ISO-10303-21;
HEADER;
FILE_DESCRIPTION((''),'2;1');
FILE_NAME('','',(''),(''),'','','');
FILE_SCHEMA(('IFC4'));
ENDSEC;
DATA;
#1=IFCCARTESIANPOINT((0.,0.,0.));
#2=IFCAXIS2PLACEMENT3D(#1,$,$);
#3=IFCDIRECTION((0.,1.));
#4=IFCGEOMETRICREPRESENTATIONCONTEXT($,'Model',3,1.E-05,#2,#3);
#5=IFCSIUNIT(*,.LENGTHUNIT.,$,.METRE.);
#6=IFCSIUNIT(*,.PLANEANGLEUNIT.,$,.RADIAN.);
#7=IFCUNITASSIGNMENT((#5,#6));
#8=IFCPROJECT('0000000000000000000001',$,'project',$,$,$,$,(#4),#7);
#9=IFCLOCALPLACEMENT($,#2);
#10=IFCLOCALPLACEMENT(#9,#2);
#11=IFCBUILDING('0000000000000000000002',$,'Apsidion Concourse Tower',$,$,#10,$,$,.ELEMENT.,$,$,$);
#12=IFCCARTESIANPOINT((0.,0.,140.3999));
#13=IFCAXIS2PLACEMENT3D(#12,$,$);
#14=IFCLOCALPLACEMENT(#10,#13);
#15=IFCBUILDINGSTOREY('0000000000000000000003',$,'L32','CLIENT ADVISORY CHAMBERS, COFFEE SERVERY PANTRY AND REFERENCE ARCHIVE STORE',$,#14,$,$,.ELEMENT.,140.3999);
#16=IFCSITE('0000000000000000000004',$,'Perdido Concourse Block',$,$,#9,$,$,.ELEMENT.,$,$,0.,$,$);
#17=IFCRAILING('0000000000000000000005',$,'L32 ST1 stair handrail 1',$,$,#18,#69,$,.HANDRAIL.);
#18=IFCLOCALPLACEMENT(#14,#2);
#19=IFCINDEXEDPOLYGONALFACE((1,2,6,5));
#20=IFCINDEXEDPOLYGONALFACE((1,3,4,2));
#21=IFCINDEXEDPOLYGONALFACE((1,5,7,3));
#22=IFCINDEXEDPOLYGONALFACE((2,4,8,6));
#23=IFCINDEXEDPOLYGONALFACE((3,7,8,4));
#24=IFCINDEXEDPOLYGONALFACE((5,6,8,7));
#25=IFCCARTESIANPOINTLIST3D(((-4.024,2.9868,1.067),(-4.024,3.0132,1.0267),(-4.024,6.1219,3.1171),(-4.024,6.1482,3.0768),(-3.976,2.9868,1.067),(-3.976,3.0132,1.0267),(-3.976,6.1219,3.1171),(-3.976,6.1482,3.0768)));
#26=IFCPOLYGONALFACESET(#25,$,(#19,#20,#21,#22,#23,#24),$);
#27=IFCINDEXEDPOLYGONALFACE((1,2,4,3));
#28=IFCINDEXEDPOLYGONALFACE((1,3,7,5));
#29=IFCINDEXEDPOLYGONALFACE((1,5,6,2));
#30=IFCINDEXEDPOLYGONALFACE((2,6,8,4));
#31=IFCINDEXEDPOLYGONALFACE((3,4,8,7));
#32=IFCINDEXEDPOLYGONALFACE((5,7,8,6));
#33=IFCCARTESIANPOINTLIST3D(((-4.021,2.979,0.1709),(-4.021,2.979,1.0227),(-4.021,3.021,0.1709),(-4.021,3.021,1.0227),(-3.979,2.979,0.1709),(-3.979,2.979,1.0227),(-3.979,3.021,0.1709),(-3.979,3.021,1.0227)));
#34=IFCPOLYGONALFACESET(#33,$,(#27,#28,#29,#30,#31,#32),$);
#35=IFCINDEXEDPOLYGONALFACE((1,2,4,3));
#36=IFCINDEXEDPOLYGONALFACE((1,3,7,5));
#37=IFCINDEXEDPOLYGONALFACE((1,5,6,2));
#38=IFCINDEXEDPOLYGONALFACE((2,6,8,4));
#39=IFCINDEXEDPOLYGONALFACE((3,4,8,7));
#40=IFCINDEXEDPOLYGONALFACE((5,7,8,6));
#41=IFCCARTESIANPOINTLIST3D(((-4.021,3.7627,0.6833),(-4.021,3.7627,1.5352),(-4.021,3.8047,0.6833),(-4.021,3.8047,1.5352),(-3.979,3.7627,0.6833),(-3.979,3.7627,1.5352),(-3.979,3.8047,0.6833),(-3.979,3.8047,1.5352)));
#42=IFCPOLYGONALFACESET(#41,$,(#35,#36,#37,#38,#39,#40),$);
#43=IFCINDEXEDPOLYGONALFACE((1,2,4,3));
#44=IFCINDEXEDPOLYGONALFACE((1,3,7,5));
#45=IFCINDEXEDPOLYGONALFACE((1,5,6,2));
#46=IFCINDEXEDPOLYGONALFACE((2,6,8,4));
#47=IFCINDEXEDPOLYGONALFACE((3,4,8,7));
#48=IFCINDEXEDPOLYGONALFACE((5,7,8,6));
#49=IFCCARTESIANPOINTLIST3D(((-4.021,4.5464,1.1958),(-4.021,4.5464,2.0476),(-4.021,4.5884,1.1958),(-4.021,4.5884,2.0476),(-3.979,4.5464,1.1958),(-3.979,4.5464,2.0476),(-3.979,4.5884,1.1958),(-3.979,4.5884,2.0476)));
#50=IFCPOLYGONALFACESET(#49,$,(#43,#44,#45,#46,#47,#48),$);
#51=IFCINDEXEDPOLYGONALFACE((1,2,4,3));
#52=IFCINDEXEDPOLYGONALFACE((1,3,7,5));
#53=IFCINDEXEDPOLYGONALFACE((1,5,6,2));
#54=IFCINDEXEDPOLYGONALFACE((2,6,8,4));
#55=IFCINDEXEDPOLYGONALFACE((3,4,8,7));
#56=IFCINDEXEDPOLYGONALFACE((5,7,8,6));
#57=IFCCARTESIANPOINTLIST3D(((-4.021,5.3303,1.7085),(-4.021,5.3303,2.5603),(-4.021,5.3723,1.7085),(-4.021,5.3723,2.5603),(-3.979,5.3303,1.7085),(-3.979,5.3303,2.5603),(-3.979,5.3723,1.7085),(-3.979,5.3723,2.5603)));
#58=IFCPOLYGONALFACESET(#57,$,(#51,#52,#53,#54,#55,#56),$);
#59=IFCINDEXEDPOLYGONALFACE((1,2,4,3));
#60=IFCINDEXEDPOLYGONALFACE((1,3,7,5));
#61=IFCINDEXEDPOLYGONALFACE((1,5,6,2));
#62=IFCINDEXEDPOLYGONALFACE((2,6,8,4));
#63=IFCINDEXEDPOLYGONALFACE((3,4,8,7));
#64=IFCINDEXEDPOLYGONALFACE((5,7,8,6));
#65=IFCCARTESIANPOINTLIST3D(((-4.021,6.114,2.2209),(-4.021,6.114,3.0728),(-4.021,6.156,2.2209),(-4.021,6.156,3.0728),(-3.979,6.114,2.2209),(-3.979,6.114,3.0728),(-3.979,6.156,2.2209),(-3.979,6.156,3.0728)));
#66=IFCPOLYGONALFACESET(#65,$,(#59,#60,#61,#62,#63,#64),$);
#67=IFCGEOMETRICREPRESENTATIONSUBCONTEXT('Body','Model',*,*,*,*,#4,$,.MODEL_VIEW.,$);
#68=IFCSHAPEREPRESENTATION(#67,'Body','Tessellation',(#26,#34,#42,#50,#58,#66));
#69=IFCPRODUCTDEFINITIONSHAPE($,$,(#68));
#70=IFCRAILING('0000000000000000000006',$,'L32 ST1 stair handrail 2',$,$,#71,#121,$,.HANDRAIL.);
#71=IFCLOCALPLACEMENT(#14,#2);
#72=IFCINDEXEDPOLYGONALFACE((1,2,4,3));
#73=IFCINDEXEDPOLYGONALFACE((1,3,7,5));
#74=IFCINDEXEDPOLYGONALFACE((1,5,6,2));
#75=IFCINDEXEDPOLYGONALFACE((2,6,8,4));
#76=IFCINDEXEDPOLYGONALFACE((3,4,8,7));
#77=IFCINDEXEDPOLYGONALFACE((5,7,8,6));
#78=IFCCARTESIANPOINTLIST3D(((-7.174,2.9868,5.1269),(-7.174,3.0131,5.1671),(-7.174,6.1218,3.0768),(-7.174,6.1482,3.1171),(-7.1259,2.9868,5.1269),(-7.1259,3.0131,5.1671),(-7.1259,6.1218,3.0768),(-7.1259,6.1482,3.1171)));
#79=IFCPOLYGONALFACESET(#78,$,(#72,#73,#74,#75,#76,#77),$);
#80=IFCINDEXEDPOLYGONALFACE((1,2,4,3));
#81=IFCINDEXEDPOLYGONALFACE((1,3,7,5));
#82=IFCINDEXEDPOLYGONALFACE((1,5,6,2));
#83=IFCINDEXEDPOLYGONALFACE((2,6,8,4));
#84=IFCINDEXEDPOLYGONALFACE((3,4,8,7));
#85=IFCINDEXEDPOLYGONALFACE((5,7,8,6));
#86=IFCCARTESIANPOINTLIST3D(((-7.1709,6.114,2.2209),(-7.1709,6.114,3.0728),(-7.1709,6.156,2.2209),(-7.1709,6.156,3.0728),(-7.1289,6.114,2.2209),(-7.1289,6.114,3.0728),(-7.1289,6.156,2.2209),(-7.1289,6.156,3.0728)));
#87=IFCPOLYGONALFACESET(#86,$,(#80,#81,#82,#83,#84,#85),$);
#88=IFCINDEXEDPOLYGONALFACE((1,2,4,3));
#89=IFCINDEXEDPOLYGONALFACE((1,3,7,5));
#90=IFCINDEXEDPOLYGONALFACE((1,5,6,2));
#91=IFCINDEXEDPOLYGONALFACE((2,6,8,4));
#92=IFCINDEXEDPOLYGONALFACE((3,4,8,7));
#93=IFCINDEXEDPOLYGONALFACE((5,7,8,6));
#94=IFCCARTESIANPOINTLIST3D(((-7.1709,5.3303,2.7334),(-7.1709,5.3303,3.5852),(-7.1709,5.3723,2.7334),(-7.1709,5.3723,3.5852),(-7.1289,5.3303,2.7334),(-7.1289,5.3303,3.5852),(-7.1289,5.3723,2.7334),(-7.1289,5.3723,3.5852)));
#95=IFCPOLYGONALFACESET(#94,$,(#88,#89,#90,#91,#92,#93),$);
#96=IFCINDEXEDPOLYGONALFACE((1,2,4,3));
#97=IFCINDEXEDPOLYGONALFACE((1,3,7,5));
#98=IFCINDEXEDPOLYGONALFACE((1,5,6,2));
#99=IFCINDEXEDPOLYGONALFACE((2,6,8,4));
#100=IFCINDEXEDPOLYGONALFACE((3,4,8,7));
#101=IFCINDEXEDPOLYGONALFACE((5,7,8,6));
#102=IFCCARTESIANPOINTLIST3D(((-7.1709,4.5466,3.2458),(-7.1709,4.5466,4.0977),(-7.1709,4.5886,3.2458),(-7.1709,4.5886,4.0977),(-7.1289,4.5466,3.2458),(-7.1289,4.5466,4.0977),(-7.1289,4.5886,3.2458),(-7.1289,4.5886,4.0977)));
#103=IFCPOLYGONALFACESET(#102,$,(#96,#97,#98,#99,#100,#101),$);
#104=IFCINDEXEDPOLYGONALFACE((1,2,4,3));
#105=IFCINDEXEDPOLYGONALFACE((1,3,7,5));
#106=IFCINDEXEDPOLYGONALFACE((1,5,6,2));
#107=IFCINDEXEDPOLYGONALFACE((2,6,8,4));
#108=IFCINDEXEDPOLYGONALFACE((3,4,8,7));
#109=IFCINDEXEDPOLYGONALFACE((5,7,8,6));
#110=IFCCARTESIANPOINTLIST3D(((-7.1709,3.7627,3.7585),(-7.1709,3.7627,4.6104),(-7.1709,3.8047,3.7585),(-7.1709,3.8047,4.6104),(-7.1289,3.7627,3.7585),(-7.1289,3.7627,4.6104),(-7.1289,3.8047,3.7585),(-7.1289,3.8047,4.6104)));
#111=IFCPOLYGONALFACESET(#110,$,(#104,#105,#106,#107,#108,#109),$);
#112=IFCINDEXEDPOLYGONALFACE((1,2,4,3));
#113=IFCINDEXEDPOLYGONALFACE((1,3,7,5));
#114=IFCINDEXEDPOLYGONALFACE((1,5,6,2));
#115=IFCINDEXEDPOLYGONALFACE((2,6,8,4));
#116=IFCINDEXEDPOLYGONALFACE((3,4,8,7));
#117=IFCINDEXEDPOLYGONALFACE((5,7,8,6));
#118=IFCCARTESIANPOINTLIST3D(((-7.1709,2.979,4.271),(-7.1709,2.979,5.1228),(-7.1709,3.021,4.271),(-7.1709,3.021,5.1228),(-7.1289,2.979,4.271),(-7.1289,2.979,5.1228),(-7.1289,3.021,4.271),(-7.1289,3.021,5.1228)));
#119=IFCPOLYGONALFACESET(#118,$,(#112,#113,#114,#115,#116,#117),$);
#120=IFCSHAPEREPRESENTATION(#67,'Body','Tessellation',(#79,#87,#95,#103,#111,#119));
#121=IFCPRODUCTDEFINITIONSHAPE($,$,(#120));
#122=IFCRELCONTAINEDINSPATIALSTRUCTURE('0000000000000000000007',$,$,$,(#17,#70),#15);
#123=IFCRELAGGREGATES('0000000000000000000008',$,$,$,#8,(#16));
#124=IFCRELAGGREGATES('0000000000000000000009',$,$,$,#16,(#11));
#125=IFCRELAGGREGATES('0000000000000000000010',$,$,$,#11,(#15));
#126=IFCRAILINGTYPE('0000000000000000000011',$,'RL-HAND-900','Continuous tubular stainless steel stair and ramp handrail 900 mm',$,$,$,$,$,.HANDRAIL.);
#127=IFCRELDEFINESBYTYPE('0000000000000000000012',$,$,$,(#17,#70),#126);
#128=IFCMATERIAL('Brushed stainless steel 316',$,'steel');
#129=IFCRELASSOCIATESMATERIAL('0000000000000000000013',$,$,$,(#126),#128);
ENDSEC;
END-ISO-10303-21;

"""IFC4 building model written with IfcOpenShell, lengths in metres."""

from ifc_helpers import new_model, si_unit, direction, frame, origin, origin_2d, place, context, subcontext, project, spatial, rectangle, extrude, material, type_object, element, save


model = new_model("IFC4")

# Units and contexts
model_context = context("Model", 3, precision=1e-05, world=origin(), true_north=direction((0.0, 1.0)))
body_context = subcontext(model_context, "Body", "Model", "MODEL_VIEW")
ifc_project = project(units=[si_unit("LENGTHUNIT", "METRE"), si_unit("PLANEANGLEUNIT", "RADIAN")], contexts=[model_context])

# Site, building, storey
site_placement = place(None, origin())
site = spatial("IfcSite", under=ifc_project, at=site_placement, Name="Perdido Concourse Block", CompositionType="ELEMENT", RefElevation=0.0)
building_placement = place(site_placement, origin())
building = spatial("IfcBuilding", under=site, at=building_placement, Name="Apsidion Concourse Tower", CompositionType="ELEMENT")
storey_placement = place(building_placement, frame((0.0, 0.0, 140.3999)))
storey = spatial("IfcBuildingStorey", under=building, at=storey_placement, Name="L32", Description="CLIENT ADVISORY CHAMBERS, COFFEE SERVERY PANTRY AND REFERENCE ARCHIVE STORE", CompositionType="ELEMENT", Elevation=140.3999)

# Shared definitions
ifc_material_1 = material(Name="Brushed stainless steel 316", Category="steel")

# Railings
railing_type_1 = type_object("IfcRailingType", Name="RL-HAND-900", Description="Continuous tubular stainless steel stair and ramp handrail 900 mm", PredefinedType="HANDRAIL", material=ifc_material_1)
railing_1_placement = place(storey_placement, frame((-4.0, 3.0, 0.1709)))
element("IfcRailing", 1, at=railing_1_placement, inside=storey, type_object=railing_type_1, Name="L32 ST1 stair handrail 1", PredefinedType="HANDRAIL", context=body_context, shape_type="SweptSolid", body=[
    extrude(rectangle(XDim=0.0481, YDim=0.0481, at=origin_2d()), frame((0.0, 0.0, 0.876), z_axis=(0.0, 0.836941, 0.547293), x_axis=(-1.0, 0.0, 0.0)), (0.0, 0.0, 1.0), 3.7458),
    extrude(rectangle(XDim=0.042, YDim=0.042, at=origin_2d()), origin(), (0.0, 0.0, 1.0), 0.8518),
    extrude(rectangle(XDim=0.042, YDim=0.042, at=origin_2d()), frame((0.0, 0.7837, 0.5125)), (0.0, 0.0, 1.0), 0.8518),
    extrude(rectangle(XDim=0.042, YDim=0.042, at=origin_2d()), frame((0.0, 1.5674, 1.0249)), (0.0, 0.0, 1.0), 0.8518),
    extrude(rectangle(XDim=0.042, YDim=0.042, at=origin_2d()), frame((0.0, 2.3513, 1.5376)), (0.0, 0.0, 1.0), 0.8518),
    extrude(rectangle(XDim=0.042, YDim=0.042, at=origin_2d()), frame((0.0, 3.135, 2.05)), (0.0, 0.0, 1.0), 0.8518),
])
railing_2_placement = place(storey_placement, frame((-7.1499, 6.135, 2.2209)))
element("IfcRailing", 2, at=railing_2_placement, inside=storey, type_object=railing_type_1, Name="L32 ST1 stair handrail 2", PredefinedType="HANDRAIL", context=body_context, shape_type="SweptSolid", body=[
    extrude(rectangle(XDim=0.0481, YDim=0.0481, at=origin_2d()), frame((0.0, 0.0, 0.876), z_axis=(0.0, -0.836941, 0.547293), x_axis=(1.0, 0.0, 0.0)), (0.0, 0.0, 1.0), 3.7458),
    extrude(rectangle(XDim=0.042, YDim=0.042, at=origin_2d()), origin(), (0.0, 0.0, 1.0), 0.8518),
    extrude(rectangle(XDim=0.042, YDim=0.042, at=origin_2d()), frame((0.0, -0.7837, 0.5125)), (0.0, 0.0, 1.0), 0.8518),
    extrude(rectangle(XDim=0.042, YDim=0.042, at=origin_2d()), frame((0.0, -1.5674, 1.0249)), (0.0, 0.0, 1.0), 0.8518),
    extrude(rectangle(XDim=0.042, YDim=0.042, at=origin_2d()), frame((0.0, -2.3513, 1.5376)), (0.0, 0.0, 1.0), 0.8518),
    extrude(rectangle(XDim=0.042, YDim=0.042, at=origin_2d()), frame((0.0, -3.135, 2.05)), (0.0, 0.0, 1.0), 0.8518),
])

save(model, "model.ifc")
